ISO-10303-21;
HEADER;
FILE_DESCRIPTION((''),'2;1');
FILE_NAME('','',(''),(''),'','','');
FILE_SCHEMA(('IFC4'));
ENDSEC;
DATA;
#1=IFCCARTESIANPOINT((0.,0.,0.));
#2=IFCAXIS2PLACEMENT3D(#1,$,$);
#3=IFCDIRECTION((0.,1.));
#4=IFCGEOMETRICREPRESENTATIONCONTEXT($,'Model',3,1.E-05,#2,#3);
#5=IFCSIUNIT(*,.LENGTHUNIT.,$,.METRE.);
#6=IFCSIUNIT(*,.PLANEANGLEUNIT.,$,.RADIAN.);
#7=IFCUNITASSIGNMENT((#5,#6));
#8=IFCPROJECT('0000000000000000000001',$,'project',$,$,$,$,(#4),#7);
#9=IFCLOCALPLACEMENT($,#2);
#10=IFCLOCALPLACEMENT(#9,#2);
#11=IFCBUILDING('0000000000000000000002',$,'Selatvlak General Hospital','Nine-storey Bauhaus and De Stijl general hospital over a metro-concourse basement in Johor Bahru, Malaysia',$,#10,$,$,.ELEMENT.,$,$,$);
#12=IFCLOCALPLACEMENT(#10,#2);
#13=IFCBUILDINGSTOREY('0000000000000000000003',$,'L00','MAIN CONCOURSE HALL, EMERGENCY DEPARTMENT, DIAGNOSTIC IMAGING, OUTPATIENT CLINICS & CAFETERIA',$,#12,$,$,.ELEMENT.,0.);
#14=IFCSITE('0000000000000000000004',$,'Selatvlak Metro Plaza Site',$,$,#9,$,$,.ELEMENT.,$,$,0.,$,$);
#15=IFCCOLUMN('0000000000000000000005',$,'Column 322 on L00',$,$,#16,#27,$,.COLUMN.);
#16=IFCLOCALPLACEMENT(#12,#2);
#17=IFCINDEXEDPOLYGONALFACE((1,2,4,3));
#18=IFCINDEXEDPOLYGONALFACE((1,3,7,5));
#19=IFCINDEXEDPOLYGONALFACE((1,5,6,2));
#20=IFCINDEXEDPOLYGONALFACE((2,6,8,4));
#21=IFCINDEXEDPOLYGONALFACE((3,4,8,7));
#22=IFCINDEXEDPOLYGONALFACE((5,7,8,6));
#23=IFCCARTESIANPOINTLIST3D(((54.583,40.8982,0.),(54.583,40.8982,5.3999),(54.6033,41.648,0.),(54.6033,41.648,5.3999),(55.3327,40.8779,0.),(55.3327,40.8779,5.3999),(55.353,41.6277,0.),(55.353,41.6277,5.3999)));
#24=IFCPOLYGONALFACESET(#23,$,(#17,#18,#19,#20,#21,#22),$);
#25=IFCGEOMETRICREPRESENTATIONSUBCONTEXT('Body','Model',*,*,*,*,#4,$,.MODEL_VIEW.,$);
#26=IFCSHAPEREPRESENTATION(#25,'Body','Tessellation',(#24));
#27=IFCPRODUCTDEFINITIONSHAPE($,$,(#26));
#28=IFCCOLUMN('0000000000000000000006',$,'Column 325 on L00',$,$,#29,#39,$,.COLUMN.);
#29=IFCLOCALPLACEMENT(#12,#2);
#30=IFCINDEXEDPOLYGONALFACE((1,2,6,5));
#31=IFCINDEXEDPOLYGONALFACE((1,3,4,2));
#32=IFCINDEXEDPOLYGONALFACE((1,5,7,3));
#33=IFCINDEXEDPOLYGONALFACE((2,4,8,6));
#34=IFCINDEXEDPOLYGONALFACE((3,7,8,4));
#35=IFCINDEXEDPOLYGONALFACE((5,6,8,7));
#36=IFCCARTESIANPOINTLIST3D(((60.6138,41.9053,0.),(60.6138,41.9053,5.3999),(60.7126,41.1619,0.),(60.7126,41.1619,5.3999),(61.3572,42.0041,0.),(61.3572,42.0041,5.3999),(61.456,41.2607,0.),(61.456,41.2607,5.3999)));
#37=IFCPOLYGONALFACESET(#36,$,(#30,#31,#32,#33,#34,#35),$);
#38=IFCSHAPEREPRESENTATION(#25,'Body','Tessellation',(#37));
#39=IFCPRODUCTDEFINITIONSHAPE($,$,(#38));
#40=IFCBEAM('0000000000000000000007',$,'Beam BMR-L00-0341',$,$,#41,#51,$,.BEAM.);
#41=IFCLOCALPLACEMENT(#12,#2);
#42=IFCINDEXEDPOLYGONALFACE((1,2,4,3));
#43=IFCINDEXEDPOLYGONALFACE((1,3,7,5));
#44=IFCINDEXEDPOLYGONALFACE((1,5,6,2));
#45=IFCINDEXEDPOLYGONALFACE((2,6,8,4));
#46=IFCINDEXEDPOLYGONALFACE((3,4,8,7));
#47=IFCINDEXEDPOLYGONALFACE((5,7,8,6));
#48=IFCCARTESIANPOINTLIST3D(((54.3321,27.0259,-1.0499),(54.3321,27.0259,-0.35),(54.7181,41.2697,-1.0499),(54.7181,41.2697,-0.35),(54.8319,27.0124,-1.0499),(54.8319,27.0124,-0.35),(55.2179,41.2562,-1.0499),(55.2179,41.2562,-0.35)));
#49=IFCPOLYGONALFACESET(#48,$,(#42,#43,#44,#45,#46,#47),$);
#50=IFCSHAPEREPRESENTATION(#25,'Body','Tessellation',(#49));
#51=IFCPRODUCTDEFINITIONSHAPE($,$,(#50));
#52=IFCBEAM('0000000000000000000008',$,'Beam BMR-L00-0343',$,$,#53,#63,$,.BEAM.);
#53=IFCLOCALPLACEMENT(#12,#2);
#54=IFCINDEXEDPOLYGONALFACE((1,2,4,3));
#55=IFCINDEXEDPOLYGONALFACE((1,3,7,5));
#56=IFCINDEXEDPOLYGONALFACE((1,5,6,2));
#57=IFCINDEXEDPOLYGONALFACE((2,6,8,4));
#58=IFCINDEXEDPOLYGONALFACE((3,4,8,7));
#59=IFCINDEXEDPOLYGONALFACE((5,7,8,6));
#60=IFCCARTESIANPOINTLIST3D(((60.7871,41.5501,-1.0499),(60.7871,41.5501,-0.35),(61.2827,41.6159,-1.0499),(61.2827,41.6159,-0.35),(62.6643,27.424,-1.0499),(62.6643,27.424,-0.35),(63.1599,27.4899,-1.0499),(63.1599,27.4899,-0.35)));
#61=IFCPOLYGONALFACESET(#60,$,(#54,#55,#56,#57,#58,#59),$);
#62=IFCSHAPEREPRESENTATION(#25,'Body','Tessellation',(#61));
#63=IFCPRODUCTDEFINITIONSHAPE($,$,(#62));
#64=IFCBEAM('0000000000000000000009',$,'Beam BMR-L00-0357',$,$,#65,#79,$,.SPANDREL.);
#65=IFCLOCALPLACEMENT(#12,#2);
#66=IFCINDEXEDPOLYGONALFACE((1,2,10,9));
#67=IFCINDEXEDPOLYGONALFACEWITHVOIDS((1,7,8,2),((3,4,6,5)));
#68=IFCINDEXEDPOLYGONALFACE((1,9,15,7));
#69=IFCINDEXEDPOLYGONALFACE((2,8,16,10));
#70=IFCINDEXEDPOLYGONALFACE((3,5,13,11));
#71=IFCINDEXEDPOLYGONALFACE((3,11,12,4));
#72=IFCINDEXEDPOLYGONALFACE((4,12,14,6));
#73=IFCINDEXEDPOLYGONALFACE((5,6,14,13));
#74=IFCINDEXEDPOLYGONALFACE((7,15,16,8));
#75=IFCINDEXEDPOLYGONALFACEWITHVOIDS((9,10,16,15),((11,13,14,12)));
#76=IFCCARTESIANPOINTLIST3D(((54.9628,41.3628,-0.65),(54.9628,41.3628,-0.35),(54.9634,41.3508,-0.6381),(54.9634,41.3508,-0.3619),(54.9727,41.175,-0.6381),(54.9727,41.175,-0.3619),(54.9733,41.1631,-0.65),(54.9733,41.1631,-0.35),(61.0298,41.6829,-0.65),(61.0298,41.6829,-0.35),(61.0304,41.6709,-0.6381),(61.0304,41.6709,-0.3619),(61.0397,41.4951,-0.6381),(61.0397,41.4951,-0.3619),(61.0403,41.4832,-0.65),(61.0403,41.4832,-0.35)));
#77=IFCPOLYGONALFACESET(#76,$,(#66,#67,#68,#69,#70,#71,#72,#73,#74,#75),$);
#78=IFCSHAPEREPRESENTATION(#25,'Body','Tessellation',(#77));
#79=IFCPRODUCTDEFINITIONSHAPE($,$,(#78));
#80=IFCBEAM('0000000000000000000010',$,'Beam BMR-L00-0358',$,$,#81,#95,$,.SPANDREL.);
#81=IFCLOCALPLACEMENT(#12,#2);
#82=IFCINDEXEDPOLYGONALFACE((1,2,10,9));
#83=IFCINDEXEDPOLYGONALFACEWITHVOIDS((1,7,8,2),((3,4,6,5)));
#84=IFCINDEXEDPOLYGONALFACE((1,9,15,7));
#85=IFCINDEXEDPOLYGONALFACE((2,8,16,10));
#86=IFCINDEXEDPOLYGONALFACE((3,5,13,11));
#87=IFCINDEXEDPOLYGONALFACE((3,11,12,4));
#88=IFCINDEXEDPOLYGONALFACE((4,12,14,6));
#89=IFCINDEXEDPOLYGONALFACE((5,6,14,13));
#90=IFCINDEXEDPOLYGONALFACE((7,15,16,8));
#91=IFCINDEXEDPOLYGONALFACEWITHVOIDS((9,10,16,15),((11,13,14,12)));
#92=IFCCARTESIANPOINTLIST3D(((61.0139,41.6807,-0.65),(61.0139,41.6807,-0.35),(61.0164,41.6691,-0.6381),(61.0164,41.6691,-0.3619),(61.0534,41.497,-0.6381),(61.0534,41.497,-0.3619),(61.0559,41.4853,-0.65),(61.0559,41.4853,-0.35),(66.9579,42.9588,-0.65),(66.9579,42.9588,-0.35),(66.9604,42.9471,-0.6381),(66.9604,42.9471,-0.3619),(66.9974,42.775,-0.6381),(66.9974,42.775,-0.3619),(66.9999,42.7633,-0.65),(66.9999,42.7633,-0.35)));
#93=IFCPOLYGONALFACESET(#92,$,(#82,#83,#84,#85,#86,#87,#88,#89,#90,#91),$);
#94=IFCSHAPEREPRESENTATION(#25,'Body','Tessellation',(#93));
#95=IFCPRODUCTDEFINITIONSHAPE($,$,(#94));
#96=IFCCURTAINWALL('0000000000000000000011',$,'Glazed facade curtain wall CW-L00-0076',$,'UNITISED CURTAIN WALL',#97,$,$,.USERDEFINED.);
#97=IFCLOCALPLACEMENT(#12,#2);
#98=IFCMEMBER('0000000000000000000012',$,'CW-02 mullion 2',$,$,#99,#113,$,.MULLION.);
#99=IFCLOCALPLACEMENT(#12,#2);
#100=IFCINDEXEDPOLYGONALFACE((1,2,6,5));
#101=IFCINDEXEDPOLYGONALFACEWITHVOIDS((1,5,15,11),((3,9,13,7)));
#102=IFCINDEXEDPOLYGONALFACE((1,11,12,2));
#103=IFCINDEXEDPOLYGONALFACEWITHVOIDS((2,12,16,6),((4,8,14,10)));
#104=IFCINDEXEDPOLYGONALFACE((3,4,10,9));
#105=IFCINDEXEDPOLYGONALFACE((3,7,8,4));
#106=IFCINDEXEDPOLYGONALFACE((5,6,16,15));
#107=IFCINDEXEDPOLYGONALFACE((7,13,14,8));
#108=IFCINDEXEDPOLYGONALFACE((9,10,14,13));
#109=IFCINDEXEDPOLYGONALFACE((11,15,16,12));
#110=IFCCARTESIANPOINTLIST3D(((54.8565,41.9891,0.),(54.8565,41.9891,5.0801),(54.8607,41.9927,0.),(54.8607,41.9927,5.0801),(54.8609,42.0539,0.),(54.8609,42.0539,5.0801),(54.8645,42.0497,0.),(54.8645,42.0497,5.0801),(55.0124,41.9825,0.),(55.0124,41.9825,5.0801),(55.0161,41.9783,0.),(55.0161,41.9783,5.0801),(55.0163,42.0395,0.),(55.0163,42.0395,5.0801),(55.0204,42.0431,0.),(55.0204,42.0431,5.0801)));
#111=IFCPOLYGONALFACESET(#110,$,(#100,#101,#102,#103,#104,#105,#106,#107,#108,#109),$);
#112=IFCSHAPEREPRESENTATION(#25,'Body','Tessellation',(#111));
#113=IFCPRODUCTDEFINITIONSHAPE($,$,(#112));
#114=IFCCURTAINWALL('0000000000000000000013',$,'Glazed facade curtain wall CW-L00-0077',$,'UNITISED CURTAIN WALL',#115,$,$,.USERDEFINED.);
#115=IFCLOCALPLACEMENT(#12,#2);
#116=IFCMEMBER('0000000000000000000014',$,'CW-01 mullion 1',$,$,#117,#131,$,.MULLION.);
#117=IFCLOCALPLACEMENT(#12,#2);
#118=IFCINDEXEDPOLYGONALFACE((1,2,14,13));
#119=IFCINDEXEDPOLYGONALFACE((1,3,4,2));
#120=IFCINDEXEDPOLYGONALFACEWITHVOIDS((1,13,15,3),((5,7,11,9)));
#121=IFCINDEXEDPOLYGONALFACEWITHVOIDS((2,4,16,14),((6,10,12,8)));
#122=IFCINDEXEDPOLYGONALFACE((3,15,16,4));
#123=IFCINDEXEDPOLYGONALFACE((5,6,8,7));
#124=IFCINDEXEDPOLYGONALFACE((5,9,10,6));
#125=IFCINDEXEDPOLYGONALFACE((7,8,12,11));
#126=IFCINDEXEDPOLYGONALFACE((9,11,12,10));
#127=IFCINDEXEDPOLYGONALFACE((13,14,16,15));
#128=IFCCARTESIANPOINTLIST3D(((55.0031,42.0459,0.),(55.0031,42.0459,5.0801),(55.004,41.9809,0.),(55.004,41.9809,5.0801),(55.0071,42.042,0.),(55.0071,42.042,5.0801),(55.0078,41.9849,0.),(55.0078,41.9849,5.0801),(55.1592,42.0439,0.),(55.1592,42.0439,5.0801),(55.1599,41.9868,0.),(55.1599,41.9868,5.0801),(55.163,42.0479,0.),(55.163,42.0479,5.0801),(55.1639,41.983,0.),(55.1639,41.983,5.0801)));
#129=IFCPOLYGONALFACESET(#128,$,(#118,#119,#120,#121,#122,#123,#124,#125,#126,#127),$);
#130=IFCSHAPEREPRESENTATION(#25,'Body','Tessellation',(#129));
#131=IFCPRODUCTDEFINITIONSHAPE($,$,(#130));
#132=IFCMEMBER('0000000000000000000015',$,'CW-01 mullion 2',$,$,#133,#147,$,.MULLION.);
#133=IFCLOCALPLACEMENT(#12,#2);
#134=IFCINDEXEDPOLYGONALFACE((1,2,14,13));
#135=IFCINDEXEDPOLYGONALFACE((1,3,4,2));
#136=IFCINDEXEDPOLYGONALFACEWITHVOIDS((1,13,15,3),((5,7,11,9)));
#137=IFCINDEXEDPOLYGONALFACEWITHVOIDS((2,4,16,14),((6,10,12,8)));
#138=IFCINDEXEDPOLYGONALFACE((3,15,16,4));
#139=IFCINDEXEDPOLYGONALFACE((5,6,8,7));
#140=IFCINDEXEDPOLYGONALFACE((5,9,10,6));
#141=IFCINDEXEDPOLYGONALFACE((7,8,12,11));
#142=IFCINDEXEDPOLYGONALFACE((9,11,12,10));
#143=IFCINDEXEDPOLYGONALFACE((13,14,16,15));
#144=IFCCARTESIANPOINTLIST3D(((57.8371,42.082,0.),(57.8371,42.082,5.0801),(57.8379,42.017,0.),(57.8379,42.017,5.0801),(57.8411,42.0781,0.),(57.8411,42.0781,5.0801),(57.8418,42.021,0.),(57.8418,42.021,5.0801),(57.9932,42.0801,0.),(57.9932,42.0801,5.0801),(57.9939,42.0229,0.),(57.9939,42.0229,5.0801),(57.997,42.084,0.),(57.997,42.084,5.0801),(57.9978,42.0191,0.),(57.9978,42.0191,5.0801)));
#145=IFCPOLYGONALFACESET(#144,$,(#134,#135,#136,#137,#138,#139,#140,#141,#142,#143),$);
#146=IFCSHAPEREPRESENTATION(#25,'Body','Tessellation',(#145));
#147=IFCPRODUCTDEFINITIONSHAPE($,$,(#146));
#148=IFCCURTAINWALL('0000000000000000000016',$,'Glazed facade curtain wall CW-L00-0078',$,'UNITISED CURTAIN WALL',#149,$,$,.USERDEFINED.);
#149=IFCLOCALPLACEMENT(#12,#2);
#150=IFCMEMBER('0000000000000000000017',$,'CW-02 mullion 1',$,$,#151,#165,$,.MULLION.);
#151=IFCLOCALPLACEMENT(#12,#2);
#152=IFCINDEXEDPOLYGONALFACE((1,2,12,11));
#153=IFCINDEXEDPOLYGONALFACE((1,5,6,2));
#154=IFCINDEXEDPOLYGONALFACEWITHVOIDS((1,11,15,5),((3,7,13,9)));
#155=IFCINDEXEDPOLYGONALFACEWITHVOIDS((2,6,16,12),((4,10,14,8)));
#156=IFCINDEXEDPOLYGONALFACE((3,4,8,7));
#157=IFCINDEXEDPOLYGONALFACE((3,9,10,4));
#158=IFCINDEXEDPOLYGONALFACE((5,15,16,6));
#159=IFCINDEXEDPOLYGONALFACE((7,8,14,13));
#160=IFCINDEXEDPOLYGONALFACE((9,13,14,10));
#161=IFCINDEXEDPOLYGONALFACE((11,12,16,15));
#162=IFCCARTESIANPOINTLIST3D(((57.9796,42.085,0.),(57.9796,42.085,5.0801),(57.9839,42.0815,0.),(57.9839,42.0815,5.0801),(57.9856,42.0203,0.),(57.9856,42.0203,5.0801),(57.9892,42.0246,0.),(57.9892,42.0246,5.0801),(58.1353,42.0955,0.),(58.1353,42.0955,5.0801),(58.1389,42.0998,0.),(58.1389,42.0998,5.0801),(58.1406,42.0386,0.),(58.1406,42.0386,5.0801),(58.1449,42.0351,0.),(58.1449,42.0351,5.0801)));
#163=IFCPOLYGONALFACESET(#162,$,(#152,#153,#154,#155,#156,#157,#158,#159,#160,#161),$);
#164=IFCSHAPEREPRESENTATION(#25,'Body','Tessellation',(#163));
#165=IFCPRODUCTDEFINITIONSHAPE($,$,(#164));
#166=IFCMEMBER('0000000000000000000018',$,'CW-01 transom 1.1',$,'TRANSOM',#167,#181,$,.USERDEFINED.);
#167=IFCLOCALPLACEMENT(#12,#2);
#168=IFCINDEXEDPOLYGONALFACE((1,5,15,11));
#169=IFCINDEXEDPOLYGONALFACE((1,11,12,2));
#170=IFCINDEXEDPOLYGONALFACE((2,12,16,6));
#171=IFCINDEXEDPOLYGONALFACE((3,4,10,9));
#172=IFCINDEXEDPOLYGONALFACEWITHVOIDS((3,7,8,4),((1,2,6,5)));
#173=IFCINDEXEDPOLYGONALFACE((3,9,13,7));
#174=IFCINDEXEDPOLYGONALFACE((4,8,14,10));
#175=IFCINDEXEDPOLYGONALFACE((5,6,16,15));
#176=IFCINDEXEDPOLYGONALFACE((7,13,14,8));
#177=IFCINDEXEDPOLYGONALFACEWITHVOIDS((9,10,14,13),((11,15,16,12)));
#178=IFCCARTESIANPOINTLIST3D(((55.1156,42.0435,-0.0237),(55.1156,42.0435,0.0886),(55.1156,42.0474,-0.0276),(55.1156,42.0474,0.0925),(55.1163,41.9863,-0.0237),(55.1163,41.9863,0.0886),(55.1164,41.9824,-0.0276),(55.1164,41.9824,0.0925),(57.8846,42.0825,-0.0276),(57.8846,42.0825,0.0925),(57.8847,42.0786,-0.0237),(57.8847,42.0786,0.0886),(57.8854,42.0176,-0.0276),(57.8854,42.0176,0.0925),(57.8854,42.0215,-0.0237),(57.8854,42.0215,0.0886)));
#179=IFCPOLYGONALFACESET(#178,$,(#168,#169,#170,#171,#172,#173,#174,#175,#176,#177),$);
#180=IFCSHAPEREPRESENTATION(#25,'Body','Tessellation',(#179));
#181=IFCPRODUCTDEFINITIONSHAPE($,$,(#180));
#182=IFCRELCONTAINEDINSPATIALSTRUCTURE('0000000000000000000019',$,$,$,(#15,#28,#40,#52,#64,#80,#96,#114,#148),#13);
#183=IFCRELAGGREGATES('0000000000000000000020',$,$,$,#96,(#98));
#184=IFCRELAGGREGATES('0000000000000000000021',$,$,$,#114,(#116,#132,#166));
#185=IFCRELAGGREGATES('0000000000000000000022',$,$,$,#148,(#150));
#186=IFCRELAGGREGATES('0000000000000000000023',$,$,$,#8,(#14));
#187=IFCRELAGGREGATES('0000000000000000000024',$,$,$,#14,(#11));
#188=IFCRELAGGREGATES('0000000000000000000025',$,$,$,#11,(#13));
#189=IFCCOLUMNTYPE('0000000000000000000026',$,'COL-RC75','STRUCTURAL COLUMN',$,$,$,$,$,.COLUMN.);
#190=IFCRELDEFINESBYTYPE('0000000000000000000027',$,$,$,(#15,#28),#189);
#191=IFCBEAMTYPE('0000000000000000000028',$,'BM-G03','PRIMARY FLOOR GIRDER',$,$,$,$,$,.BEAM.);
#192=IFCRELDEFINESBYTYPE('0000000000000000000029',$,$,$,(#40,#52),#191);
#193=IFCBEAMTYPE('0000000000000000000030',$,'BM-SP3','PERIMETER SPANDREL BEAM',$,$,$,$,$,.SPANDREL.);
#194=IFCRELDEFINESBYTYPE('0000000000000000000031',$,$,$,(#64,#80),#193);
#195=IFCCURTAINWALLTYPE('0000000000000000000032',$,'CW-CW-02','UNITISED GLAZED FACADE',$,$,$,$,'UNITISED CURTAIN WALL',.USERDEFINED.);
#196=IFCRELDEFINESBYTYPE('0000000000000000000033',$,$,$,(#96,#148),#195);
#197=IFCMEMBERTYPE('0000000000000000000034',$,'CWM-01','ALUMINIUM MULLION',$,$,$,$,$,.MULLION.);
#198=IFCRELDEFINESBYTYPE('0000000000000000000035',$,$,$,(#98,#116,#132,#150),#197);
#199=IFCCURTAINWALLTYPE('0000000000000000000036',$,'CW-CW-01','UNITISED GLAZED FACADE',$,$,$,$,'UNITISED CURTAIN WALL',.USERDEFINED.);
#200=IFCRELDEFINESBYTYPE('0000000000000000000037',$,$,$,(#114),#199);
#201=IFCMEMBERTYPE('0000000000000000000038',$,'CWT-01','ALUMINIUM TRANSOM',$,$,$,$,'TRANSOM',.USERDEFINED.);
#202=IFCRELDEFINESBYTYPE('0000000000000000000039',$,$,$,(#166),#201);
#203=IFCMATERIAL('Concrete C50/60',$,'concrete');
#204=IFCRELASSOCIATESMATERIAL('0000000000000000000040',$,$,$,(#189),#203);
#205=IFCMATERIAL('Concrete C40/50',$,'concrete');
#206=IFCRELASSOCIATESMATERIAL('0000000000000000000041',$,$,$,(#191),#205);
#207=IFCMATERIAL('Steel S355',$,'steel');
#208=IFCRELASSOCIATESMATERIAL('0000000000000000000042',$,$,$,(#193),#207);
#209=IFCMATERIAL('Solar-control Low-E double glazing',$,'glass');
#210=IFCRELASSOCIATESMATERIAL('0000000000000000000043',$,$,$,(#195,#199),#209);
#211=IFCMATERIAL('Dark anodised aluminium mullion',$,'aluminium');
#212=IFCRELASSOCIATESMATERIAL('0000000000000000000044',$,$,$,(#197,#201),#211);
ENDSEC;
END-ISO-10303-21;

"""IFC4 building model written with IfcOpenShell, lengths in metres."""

from ifc_helpers import new_model, si_unit, direction, frame, origin, origin_2d, place, context, subcontext, project, spatial, rectangle, hollow_rectangle, extrude, material, material_profile, profile_set, type_object, element, aggregate, save


model = new_model("IFC4")

# Units and contexts
model_context = context("Model", 3, precision=1e-05, world=origin(), true_north=direction((0.0, 1.0)))
body_context = subcontext(model_context, "Body", "Model", "MODEL_VIEW")
ifc_project = project(units=[si_unit("LENGTHUNIT", "METRE"), si_unit("PLANEANGLEUNIT", "RADIAN")], contexts=[model_context])

# Site, building, storey
site_placement = place(None, origin())
site = spatial("IfcSite", under=ifc_project, at=site_placement, Name="Selatvlak Metro Plaza Site", CompositionType="ELEMENT", RefElevation=0.0)
building_placement = place(site_placement, origin())
building = spatial("IfcBuilding", under=site, at=building_placement, Name="Selatvlak General Hospital", Description="Nine-storey Bauhaus and De Stijl general hospital over a metro-concourse basement in Johor Bahru, Malaysia", CompositionType="ELEMENT")
storey_placement = place(building_placement, origin())
storey = spatial("IfcBuildingStorey", under=building, at=storey_placement, Name="L00", Description="MAIN CONCOURSE HALL, EMERGENCY DEPARTMENT, DIAGNOSTIC IMAGING, OUTPATIENT CLINICS & CAFETERIA", CompositionType="ELEMENT", Elevation=0.0)

# Columns
ifc_material_1 = material(Name="Concrete C50/60", Category="concrete")
ifc_material_profile_1 = material_profile(ifc_material_1, rectangle(XDim=0.75, YDim=0.75, at=origin_2d()), Name="RC-COL 750x750")
ifc_profile_set_1 = profile_set([ifc_material_profile_1], Name="Concrete C50/60")
column_type = type_object("IfcColumnType", Name="COL-RC75", Description="STRUCTURAL COLUMN", PredefinedType="COLUMN", material=ifc_profile_set_1)
for number, where, z_axis, x_axis, name in (
    (1, (54.968, 41.2629, 0.0), (0.0, 0.0, 1.0), (0.027067, 0.999634, 0.0), "Column 322 on L00"),
    (2, (61.0349, 41.583, 0.0), (0.0, 0.0, 1.0), (-0.131737, 0.991285, 0.0), "Column 325 on L00"),
):
    element("IfcColumn", number, at=place(storey_placement, frame(where, z_axis=z_axis, x_axis=x_axis)), inside=storey, type_object=column_type, Name=name, PredefinedType="COLUMN", context=body_context, shape_type="SweptSolid", body=[
        extrude(rectangle(XDim=0.75, YDim=0.75, at=origin_2d()), origin(), (0.0, 0.0, 1.0), 5.3999),
    ])

# Beams
ifc_material_2 = material(Name="Concrete C40/50", Category="concrete")
ifc_material_profile_2 = material_profile(ifc_material_2, rectangle(XDim=0.5, YDim=0.7, at=origin_2d()), Name="RC-BM 500x700")
ifc_profile_set_2 = profile_set([ifc_material_profile_2], Name="Concrete C40/50")
beam_type_1 = type_object("IfcBeamType", Name="BM-G03", Description="PRIMARY FLOOR GIRDER", PredefinedType="BEAM", material=ifc_profile_set_2)
beam_1_placement = place(storey_placement, frame((54.968, 41.2629, -0.7), z_axis=(-0.027088, -0.999633, 0.0), x_axis=(0.999633, -0.027088, 0.0)))
element("IfcBeam", 3, at=beam_1_placement, inside=storey, type_object=beam_type_1, Name="Beam BMR-L00-0341", PredefinedType="BEAM", context=body_context, shape_type="SweptSolid", body=[
    extrude(rectangle(XDim=0.5, YDim=0.7, at=origin_2d()), origin(), (0.0, 0.0, 1.0), 14.249),
])
beam_2_placement = place(storey_placement, frame((61.0349, 41.583, -0.7), z_axis=(0.131732, -0.991285, 0.0), x_axis=(0.991285, 0.131732, 0.0)))
element("IfcBeam", 4, at=beam_2_placement, inside=storey, type_object=beam_type_1, Name="Beam BMR-L00-0343", PredefinedType="BEAM", context=body_context, shape_type="SweptSolid", body=[
    extrude(rectangle(XDim=0.5, YDim=0.7, at=origin_2d()), origin(), (0.0, 0.0, 1.0), 14.2502),
])
ifc_material_3 = material(Name="Steel S355", Category="steel")
ifc_material_profile_3 = material_profile(ifc_material_3, hollow_rectangle(XDim=0.2, YDim=0.3, WallThickness=0.012, at=origin_2d()), Name="RHS 300x200x12")
ifc_profile_set_3 = profile_set([ifc_material_profile_3], Name="Steel S355")
beam_type_2 = type_object("IfcBeamType", Name="BM-SP3", Description="PERIMETER SPANDREL BEAM", PredefinedType="SPANDREL", material=ifc_profile_set_3)
beam_3_placement = place(storey_placement, frame((54.968, 41.2629, -0.5), z_axis=(0.998611, 0.052683, 0.0), x_axis=(-0.052683, 0.998611, 0.0)))
element("IfcBeam", 5, at=beam_3_placement, inside=storey, type_object=beam_type_2, Name="Beam BMR-L00-0357", PredefinedType="SPANDREL", context=body_context, shape_type="SweptSolid", body=[
    extrude(hollow_rectangle(XDim=0.2, YDim=0.3, WallThickness=0.012, at=origin_2d()), origin(), (0.0, 0.0, 1.0), 6.0754),
])
beam_4_placement = place(storey_placement, frame((61.0349, 41.583, -0.5), z_axis=(0.977656, 0.210212, 0.0), x_axis=(-0.210212, 0.977656, 0.0)))
element("IfcBeam", 6, at=beam_4_placement, inside=storey, type_object=beam_type_2, Name="Beam BMR-L00-0358", PredefinedType="SPANDREL", context=body_context, shape_type="SweptSolid", body=[
    extrude(hollow_rectangle(XDim=0.2, YDim=0.3, WallThickness=0.012, at=origin_2d()), origin(), (0.0, 0.0, 1.0), 6.0798),
])

# Curtain wall, member
ifc_material_4 = material(Name="Solar-control Low-E double glazing", Category="glass")
curtain_wall_type_1 = type_object("IfcCurtainWallType", Name="CW-CW-02", Description="UNITISED GLAZED FACADE", ElementType="UNITISED CURTAIN WALL", PredefinedType="USERDEFINED", material=ifc_material_4)
curtain_wall_1_placement = place(storey_placement, origin())
curtain_wall_1 = element("IfcCurtainWall", 7, at=curtain_wall_1_placement, inside=storey, type_object=curtain_wall_type_1, Name="Glazed facade curtain wall CW-L00-0076", ObjectType="UNITISED CURTAIN WALL", PredefinedType="USERDEFINED")
ifc_material_5 = material(Name="Dark anodised aluminium mullion", Category="aluminium")
ifc_material_profile_4 = material_profile(ifc_material_5, hollow_rectangle(XDim=0.0649, YDim=0.1599, WallThickness=0.0039, at=origin_2d()), Name="AL-MUL 65x160x4")
ifc_profile_set_4 = profile_set([ifc_material_profile_4], Name="Dark anodised aluminium mullion")
member_type_1 = type_object("IfcMemberType", Name="CWM-01", Description="ALUMINIUM MULLION", PredefinedType="MULLION", material=ifc_profile_set_4)
member_1_placement = place(storey_placement, frame((54.9385, 42.0161, 0.0), z_axis=(0.0, 0.0, 1.0), x_axis=(0.067182, 0.997741, 0.0)))
member_1 = element("IfcMember", 8, at=member_1_placement, type_object=member_type_1, Name="CW-02 mullion 2", PredefinedType="MULLION", context=body_context, shape_type="SweptSolid", body=[
    extrude(hollow_rectangle(XDim=0.0649, YDim=0.1599, WallThickness=0.0039, at=origin_2d()), origin(), (0.0, 0.0, 1.0), 5.0801),
])
aggregate(curtain_wall_1, [member_1])

# Curtain wall, members
curtain_wall_type_2 = type_object("IfcCurtainWallType", Name="CW-CW-01", Description="UNITISED GLAZED FACADE", ElementType="UNITISED CURTAIN WALL", PredefinedType="USERDEFINED", material=ifc_material_4)
curtain_wall_2_placement = place(storey_placement, origin())
curtain_wall_2 = element("IfcCurtainWall", 9, at=curtain_wall_2_placement, inside=storey, type_object=curtain_wall_type_2, Name="Glazed facade curtain wall CW-L00-0077", ObjectType="UNITISED CURTAIN WALL", PredefinedType="USERDEFINED")
member_2_placement = place(storey_placement, frame((55.0835, 42.0144, 0.0), z_axis=(0.0, 0.0, 1.0), x_axis=(-0.012762, 0.999919, 0.0)))
member_2 = element("IfcMember", 10, at=member_2_placement, type_object=member_type_1, Name="CW-01 mullion 1", PredefinedType="MULLION", context=body_context, shape_type="SweptSolid", body=[
    extrude(hollow_rectangle(XDim=0.0649, YDim=0.1599, WallThickness=0.0039, at=origin_2d()), origin(), (0.0, 0.0, 1.0), 5.0801),
])
member_3_placement = place(storey_placement, frame((57.9175, 42.0505, 0.0), z_axis=(0.0, 0.0, 1.0), x_axis=(-0.012762, 0.999919, 0.0)))
member_3 = element("IfcMember", 11, at=member_3_placement, type_object=member_type_1, Name="CW-01 mullion 2", PredefinedType="MULLION", context=body_context, shape_type="SweptSolid", body=[
    extrude(hollow_rectangle(XDim=0.0649, YDim=0.1599, WallThickness=0.0039, at=origin_2d()), origin(), (0.0, 0.0, 1.0), 5.0801),
])

# Curtain wall, member
curtain_wall_3_placement = place(storey_placement, origin())
curtain_wall_3 = element("IfcCurtainWall", 12, at=curtain_wall_3_placement, inside=storey, type_object=curtain_wall_type_1, Name="Glazed facade curtain wall CW-L00-0078", ObjectType="UNITISED CURTAIN WALL", PredefinedType="USERDEFINED")
member_4_placement = place(storey_placement, frame((58.0623, 42.0601, 0.0), z_axis=(0.0, 0.0, 1.0), x_axis=(-0.092369, 0.995725, 0.0)))
member_4 = element("IfcMember", 13, at=member_4_placement, type_object=member_type_1, Name="CW-02 mullion 1", PredefinedType="MULLION", context=body_context, shape_type="SweptSolid", body=[
    extrude(hollow_rectangle(XDim=0.0649, YDim=0.1599, WallThickness=0.0039, at=origin_2d()), origin(), (0.0, 0.0, 1.0), 5.0801),
])

# Member
ifc_material_profile_5 = material_profile(ifc_material_5, hollow_rectangle(XDim=0.0649, YDim=0.1201, WallThickness=0.0039, at=origin_2d()), Name="AL-TRN 65x120x4")
ifc_profile_set_5 = profile_set([ifc_material_profile_5], Name="Dark anodised aluminium mullion")
member_type_2 = type_object("IfcMemberType", Name="CWT-01", Description="ALUMINIUM TRANSOM", ElementType="TRANSOM", PredefinedType="USERDEFINED", material=ifc_profile_set_5)
member_5_placement = place(storey_placement, frame((55.116, 42.0149, 0.0325), z_axis=(0.999919, 0.012695, 0.0), x_axis=(-0.012695, 0.999919, 0.0)))
member_5 = element("IfcMember", 14, at=member_5_placement, type_object=member_type_2, Name="CW-01 transom 1.1", ObjectType="TRANSOM", PredefinedType="USERDEFINED", context=body_context, shape_type="SweptSolid", body=[
    extrude(hollow_rectangle(XDim=0.0649, YDim=0.1201, WallThickness=0.0039, at=origin_2d()), origin(), (0.0, 0.0, 1.0), 2.7693),
])

aggregate(curtain_wall_2, [member_2, member_3, member_5])
aggregate(curtain_wall_3, [member_4])

save(model, "model.ifc")
